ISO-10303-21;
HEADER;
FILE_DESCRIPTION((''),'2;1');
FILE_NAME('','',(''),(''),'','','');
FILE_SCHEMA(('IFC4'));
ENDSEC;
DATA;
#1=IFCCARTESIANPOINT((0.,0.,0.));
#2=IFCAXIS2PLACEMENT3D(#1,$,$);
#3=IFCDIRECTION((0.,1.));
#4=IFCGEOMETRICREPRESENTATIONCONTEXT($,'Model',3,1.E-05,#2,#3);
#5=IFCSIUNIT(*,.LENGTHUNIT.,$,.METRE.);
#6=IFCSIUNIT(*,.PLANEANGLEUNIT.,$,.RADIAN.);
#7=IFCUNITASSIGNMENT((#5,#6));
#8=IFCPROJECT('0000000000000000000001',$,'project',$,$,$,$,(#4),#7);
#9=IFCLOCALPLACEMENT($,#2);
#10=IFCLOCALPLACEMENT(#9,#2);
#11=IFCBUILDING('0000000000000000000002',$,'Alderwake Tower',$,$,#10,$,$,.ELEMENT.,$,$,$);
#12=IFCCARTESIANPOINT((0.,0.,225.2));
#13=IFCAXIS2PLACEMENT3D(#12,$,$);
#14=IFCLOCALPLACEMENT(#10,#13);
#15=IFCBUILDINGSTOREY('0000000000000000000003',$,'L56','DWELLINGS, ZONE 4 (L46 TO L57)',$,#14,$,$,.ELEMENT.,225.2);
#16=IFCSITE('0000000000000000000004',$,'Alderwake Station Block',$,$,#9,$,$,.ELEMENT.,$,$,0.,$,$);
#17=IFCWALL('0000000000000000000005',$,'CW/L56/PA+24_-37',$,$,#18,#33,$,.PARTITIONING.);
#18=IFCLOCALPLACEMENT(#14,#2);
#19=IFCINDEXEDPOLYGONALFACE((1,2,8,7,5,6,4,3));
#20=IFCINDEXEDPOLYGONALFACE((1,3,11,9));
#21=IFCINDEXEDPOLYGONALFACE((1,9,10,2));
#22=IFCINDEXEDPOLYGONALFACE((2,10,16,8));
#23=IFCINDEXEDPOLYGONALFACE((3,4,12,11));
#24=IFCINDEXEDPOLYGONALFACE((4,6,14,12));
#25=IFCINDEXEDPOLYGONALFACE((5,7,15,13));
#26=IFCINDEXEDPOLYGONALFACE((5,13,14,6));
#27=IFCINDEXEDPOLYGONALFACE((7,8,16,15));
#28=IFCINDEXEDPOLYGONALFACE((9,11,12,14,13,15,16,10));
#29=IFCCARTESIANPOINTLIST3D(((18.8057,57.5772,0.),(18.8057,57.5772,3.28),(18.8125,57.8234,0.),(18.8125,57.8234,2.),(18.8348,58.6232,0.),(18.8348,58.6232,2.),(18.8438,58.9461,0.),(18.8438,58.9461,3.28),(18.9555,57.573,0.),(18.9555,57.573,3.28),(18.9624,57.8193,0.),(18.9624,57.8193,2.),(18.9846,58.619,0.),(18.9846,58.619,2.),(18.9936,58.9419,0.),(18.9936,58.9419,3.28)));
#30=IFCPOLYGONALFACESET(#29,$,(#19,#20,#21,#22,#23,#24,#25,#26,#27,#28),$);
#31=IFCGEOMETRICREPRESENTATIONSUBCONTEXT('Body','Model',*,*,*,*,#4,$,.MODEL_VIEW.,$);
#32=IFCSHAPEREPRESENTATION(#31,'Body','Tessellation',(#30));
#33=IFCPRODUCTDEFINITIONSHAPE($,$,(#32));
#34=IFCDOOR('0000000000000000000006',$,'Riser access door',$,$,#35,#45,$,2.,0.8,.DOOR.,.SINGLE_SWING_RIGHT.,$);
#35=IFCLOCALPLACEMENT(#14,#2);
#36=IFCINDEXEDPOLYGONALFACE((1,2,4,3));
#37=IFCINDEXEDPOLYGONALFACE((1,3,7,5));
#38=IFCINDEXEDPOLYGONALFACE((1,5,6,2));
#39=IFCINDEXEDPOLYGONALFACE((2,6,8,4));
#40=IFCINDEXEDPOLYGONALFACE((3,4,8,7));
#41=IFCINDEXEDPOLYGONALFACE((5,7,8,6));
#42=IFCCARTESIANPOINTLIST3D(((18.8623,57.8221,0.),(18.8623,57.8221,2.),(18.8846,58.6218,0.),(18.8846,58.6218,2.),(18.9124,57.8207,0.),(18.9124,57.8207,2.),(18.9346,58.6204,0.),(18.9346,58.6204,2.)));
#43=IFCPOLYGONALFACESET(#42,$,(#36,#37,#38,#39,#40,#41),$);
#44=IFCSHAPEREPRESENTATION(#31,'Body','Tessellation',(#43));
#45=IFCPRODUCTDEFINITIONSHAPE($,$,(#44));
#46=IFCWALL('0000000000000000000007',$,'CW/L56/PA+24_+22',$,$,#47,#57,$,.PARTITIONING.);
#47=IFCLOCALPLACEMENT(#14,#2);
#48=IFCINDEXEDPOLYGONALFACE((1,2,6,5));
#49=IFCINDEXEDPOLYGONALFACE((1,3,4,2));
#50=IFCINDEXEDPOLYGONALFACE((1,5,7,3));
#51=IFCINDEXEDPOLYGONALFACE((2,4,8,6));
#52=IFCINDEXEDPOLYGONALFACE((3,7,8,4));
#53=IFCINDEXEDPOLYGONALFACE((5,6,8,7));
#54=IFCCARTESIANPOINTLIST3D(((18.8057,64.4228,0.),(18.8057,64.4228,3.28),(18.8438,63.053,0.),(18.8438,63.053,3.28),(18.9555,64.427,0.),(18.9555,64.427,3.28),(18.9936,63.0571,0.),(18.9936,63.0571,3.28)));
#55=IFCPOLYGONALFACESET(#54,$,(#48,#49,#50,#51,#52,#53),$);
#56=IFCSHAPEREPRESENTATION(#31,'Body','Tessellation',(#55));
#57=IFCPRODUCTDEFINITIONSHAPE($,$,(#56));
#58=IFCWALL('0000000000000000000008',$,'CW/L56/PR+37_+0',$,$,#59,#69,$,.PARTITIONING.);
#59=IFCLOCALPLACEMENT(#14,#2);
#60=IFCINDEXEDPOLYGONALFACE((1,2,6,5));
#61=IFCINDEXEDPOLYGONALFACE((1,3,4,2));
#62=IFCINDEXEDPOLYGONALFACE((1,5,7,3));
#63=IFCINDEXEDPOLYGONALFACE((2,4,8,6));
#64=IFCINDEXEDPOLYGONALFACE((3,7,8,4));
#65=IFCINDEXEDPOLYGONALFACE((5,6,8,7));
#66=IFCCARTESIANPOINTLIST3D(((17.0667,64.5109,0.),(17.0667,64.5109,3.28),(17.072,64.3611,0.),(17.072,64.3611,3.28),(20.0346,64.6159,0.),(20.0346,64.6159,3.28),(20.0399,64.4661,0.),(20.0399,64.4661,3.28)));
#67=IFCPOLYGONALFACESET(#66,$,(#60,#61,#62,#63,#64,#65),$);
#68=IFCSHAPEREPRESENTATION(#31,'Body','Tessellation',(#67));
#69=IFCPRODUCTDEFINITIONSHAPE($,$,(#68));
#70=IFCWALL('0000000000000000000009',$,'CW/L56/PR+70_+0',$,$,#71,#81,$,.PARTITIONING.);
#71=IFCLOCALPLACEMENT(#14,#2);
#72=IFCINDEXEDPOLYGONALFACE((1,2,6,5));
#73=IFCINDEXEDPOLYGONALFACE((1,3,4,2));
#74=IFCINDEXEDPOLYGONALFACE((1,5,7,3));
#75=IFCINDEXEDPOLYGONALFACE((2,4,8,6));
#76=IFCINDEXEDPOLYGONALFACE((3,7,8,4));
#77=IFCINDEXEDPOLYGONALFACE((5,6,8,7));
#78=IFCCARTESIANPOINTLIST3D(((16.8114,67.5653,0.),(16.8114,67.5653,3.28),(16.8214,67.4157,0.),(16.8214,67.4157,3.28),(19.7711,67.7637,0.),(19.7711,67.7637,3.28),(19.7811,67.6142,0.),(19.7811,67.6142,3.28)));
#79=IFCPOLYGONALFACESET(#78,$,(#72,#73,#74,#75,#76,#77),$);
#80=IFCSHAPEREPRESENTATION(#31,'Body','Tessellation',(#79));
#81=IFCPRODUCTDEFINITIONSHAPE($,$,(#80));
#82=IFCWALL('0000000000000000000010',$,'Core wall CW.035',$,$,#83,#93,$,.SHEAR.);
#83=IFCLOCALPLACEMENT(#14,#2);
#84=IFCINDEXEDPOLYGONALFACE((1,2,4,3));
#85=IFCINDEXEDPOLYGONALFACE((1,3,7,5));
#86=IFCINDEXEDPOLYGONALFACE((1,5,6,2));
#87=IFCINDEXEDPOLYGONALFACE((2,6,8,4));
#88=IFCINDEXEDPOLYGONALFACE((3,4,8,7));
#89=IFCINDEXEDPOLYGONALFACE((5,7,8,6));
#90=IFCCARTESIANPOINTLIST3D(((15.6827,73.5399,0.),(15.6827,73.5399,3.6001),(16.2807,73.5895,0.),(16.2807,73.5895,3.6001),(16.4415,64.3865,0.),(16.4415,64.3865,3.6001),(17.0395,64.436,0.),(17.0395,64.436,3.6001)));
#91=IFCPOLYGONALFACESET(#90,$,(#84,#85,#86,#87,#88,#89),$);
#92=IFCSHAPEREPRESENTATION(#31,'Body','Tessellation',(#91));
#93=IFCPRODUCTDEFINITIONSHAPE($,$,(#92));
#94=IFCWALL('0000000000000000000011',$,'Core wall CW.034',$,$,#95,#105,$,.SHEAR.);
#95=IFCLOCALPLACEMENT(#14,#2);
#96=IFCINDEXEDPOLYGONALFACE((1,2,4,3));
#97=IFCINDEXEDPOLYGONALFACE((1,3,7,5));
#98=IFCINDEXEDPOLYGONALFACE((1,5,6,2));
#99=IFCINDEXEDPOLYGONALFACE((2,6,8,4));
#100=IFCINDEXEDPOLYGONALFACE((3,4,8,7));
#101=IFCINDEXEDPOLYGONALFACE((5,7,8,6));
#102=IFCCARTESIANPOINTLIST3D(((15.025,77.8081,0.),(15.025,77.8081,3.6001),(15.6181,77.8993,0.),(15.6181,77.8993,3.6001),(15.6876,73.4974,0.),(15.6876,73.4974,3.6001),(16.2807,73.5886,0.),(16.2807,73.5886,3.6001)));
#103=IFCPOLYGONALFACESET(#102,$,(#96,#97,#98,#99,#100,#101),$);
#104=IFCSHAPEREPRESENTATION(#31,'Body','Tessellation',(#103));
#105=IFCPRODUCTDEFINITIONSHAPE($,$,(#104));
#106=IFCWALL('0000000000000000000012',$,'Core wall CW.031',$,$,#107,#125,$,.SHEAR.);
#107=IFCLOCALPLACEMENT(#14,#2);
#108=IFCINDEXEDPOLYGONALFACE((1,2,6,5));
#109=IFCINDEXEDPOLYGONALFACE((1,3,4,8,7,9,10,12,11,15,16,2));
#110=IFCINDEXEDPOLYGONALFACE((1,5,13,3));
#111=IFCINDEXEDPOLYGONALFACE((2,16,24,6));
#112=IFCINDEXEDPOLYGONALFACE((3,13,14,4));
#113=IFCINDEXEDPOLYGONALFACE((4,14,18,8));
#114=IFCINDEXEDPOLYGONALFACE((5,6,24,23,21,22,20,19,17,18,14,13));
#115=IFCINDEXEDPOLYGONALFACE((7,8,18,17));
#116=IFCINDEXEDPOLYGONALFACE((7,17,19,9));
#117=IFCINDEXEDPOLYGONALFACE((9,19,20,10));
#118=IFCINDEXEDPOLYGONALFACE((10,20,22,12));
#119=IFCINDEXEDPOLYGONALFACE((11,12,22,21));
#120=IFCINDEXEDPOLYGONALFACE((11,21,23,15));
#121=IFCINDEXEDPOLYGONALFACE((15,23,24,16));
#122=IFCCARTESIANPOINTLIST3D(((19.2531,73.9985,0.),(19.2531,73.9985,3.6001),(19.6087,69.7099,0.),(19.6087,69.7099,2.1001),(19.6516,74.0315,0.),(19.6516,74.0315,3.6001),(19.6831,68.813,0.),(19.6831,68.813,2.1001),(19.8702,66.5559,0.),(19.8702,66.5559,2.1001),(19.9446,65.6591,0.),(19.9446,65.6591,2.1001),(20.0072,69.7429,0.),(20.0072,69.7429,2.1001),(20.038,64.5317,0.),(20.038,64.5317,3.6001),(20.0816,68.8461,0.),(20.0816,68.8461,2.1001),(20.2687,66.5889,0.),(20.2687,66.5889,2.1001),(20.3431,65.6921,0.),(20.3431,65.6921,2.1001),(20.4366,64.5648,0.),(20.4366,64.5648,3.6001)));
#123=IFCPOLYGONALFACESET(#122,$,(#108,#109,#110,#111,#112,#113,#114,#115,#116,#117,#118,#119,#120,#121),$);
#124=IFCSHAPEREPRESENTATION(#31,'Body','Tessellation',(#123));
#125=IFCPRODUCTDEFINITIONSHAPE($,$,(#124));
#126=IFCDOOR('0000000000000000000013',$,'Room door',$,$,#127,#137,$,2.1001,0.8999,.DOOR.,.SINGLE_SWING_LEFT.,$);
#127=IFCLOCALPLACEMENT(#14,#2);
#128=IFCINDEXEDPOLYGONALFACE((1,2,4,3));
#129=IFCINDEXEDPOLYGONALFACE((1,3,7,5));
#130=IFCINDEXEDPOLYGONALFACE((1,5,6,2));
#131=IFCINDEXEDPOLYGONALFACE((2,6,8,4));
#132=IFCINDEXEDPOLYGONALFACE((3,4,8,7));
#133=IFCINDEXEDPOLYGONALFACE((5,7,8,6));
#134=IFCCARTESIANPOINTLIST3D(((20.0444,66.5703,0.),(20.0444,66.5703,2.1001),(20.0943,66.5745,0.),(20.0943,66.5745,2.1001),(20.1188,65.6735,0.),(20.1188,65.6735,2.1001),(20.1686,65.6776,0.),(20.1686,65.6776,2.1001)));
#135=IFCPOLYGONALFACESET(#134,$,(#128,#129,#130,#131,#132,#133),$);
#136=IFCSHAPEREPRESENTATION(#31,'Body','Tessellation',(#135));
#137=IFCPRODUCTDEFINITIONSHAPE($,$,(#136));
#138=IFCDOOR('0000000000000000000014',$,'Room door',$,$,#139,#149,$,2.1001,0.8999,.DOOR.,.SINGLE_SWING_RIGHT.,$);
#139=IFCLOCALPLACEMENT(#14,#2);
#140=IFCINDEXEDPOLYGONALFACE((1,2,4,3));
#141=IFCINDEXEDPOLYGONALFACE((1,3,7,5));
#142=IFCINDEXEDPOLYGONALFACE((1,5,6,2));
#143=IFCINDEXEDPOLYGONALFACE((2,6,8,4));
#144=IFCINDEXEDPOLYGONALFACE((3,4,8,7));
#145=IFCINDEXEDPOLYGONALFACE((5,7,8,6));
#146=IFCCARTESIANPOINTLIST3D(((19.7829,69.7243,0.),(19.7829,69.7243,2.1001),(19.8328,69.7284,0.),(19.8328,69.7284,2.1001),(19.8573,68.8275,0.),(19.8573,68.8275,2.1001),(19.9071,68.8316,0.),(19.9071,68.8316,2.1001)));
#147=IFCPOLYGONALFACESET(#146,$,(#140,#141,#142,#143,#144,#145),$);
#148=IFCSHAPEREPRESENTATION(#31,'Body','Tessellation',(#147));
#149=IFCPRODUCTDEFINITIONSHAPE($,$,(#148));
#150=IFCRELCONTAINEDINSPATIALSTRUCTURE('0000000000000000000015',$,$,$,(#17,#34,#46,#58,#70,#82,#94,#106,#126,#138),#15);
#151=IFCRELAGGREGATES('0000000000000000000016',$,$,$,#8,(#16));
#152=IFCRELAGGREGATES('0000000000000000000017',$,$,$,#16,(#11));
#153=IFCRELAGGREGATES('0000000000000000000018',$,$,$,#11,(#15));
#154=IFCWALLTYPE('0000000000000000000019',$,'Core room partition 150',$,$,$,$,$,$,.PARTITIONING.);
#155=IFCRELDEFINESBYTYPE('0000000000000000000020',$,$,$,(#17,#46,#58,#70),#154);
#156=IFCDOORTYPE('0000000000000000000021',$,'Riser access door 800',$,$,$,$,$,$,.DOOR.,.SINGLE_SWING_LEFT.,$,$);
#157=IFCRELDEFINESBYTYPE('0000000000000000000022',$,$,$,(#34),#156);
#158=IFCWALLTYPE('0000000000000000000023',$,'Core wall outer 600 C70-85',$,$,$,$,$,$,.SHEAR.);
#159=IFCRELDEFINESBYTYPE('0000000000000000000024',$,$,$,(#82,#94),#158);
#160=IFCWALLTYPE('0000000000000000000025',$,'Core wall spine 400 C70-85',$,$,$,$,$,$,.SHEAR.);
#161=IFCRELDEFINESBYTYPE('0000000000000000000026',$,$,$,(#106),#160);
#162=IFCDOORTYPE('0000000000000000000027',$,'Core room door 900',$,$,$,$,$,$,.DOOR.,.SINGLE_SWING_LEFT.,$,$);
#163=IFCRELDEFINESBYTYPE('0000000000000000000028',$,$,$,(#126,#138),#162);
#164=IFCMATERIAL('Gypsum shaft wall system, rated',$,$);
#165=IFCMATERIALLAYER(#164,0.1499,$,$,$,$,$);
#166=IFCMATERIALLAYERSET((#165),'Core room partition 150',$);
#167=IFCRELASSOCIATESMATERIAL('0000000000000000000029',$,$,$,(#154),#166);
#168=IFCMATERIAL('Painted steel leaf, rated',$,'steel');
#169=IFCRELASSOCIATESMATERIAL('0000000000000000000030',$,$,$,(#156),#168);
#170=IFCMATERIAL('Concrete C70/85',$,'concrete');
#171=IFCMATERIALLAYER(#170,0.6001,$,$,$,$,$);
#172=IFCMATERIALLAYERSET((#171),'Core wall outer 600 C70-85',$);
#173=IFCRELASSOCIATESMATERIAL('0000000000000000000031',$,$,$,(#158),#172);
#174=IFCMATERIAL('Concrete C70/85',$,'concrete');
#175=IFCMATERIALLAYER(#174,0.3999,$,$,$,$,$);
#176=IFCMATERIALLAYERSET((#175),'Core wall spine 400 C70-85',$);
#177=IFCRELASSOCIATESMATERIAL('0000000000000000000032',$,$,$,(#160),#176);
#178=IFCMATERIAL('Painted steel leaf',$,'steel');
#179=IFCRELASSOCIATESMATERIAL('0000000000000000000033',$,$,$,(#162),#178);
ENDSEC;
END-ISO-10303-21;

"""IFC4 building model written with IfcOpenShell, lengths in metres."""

from ifc_helpers import new_model, si_unit, direction, frame, frame_2d, origin, place, context, subcontext, project, spatial, rectangle, extrude, material, layer, layer_set, type_object, element, fill, save


model = new_model("IFC4")

# Units and contexts
model_context = context("Model", 3, precision=1e-05, world=origin(), true_north=direction((0.0, 1.0)))
body_context = subcontext(model_context, "Body", "Model", "MODEL_VIEW")
ifc_project = project(units=[si_unit("LENGTHUNIT", "METRE"), si_unit("PLANEANGLEUNIT", "RADIAN")], contexts=[model_context])

# Site, building, storey
site_placement = place(None, origin())
site = spatial("IfcSite", under=ifc_project, at=site_placement, Name="Alderwake Station Block", CompositionType="ELEMENT", RefElevation=0.0)
building_placement = place(site_placement, origin())
building = spatial("IfcBuilding", under=site, at=building_placement, Name="Alderwake Tower", CompositionType="ELEMENT")
storey_placement = place(building_placement, frame((0.0, 0.0, 225.2)))
storey = spatial("IfcBuildingStorey", under=building, at=storey_placement, Name="L56", Description="DWELLINGS, ZONE 4 (L46 TO L57)", CompositionType="ELEMENT", Elevation=225.2)

# Wall, opening, door
ifc_material_1 = material(Name="Gypsum shaft wall system, rated")
ifc_layer_1 = layer(ifc_material_1, 0.1499)
ifc_layer_set_1 = layer_set([ifc_layer_1], Name="Core room partition 150")
wall_type_1 = type_object("IfcWallType", Name="Core room partition 150", PredefinedType="PARTITIONING", material=ifc_layer_set_1)
wall_1_placement = place(storey_placement, frame((18.9187, 58.9438, 0.0), z_axis=(0.0, 0.0, 1.0), x_axis=(-0.027812, -0.999613, 0.0)))
wall_1 = element("IfcWall", 1, at=wall_1_placement, inside=storey, type_object=wall_type_1, Name="CW/L56/PA+24_-37", PredefinedType="PARTITIONING", context=body_context, shape_type="SweptSolid", body=[
    extrude(rectangle(XDim=1.3694, YDim=0.1499, at=frame_2d((0.6846, 0.0))), origin(), (0.0, 0.0, 1.0), 3.28),
])
opening_1_placement = place(wall_1_placement, frame((0.323, 0.0, 0.0)))
opening_1 = element("IfcOpeningElement", 2, at=opening_1_placement, cuts=wall_1, PredefinedType="OPENING", context=body_context, shape_type="SweptSolid", body=[
    extrude(rectangle(XDim=0.8, YDim=2.0, at=frame_2d((0.3999, 1.0))), frame((0.0, 0.085, 0.0), z_axis=(0.0, -1.0, 0.0), x_axis=(1.0, 0.0, 0.0)), (0.0, 0.0, 1.0), 0.1699),
])
ifc_material_2 = material(Name="Painted steel leaf, rated", Category="steel")
door_type_1 = type_object("IfcDoorType", Name="Riser access door 800", OperationType="SINGLE_SWING_LEFT", PredefinedType="DOOR", material=ifc_material_2)
door_1_placement = place(opening_1_placement, origin())
door_1 = element("IfcDoor", 3, at=door_1_placement, inside=storey, type_object=door_type_1, Name="Riser access door", OperationType="SINGLE_SWING_RIGHT", OverallHeight=2.0, OverallWidth=0.8, PredefinedType="DOOR", context=body_context, shape_type="SweptSolid", body=[
    extrude(rectangle(XDim=0.8, YDim=2.0, at=frame_2d((0.3999, 1.0))), frame((0.0, 0.0249, 0.0), z_axis=(0.0, -1.0, 0.0), x_axis=(1.0, 0.0, 0.0)), (0.0, 0.0, 1.0), 0.05),
])
fill(opening_1, door_1)

# Walls
wall_2_placement = place(storey_placement, frame((18.9187, 63.0552, 0.0), z_axis=(0.0, 0.0, 1.0), x_axis=(-0.027792, 0.999614, 0.0)))
element("IfcWall", 4, at=wall_2_placement, inside=storey, type_object=wall_type_1, Name="CW/L56/PA+24_+22", PredefinedType="PARTITIONING", context=body_context, shape_type="SweptSolid", body=[
    extrude(rectangle(XDim=1.3704, YDim=0.1499, at=frame_2d((0.6851, 0.0))), origin(), (0.0, 0.0, 1.0), 3.28),
])
wall_3_placement = place(storey_placement, frame((17.0693, 64.436, 0.0), z_axis=(0.0, 0.0, 1.0), x_axis=(0.999375, 0.035351, 0.0)))
element("IfcWall", 5, at=wall_3_placement, inside=storey, type_object=wall_type_1, Name="CW/L56/PR+37_+0", PredefinedType="PARTITIONING", context=body_context, shape_type="SweptSolid", body=[
    extrude(rectangle(XDim=2.9697, YDim=0.1499, at=frame_2d((1.4849, 0.0))), origin(), (0.0, 0.0, 1.0), 3.28),
])
wall_4_placement = place(storey_placement, frame((16.8164, 67.4905, 0.0), z_axis=(0.0, 0.0, 1.0), x_axis=(0.997759, 0.066912, 0.0)))
element("IfcWall", 6, at=wall_4_placement, inside=storey, type_object=wall_type_1, Name="CW/L56/PR+70_+0", PredefinedType="PARTITIONING", context=body_context, shape_type="SweptSolid", body=[
    extrude(rectangle(XDim=2.9663, YDim=0.1499, at=frame_2d((1.4832, 0.0))), origin(), (0.0, 0.0, 1.0), 3.28),
])
ifc_material_3 = material(Name="Concrete C70/85", Category="concrete")
ifc_layer_2 = layer(ifc_material_3, 0.6001)
ifc_layer_set_2 = layer_set([ifc_layer_2], Name="Core wall outer 600 C70-85")
wall_type_2 = type_object("IfcWallType", Name="Core wall outer 600 C70-85", PredefinedType="SHEAR", material=ifc_layer_set_2)
wall_5_placement = place(storey_placement, frame((16.7405, 64.4114, 0.0), z_axis=(0.0, 0.0, 1.0), x_axis=(-0.082614, 0.996582, 0.0)))
element("IfcWall", 7, at=wall_5_placement, inside=storey, type_object=wall_type_2, Name="Core wall CW.035", PredefinedType="SHEAR", context=body_context, shape_type="SweptSolid", body=[
    extrude(rectangle(XDim=9.1848, YDim=0.6001, at=frame_2d((4.5923, 0.0))), origin(), (0.0, 0.0, 1.0), 3.6001),
])
wall_6_placement = place(storey_placement, frame((15.9841, 73.543, 0.0), z_axis=(0.0, 0.0, 1.0), x_axis=(-0.151923, 0.988392, 0.0)))
element("IfcWall", 8, at=wall_6_placement, inside=storey, type_object=wall_type_2, Name="Core wall CW.034", PredefinedType="SHEAR", context=body_context, shape_type="SweptSolid", body=[
    extrude(rectangle(XDim=4.3613, YDim=0.6001, at=frame_2d((2.1807, 0.0))), origin(), (0.0, 0.0, 1.0), 3.6001),
])

# Wall, openings, doors
ifc_material_4 = material(Name="Concrete C70/85", Category="concrete")
ifc_layer_3 = layer(ifc_material_4, 0.3999)
ifc_layer_set_3 = layer_set([ifc_layer_3], Name="Core wall spine 400 C70-85")
wall_type_3 = type_object("IfcWallType", Name="Core wall spine 400 C70-85", PredefinedType="SHEAR", material=ifc_layer_set_3)
wall_7_placement = place(storey_placement, frame((19.4524, 74.0149, 0.0), z_axis=(0.0, 0.0, 1.0), x_axis=(0.082629, -0.99658, 0.0)))
wall_7 = element("IfcWall", 9, at=wall_7_placement, inside=storey, type_object=wall_type_3, Name="Core wall CW.031", PredefinedType="SHEAR", context=body_context, shape_type="SweptSolid", body=[
    extrude(rectangle(XDim=9.4993, YDim=0.3999, at=frame_2d((4.7495, 0.0))), origin(), (0.0, 0.0, 1.0), 3.6001),
])
opening_2_placement = place(wall_7_placement, frame((7.468, 0.0, 0.0)))
opening_2 = element("IfcOpeningElement", 10, at=opening_2_placement, cuts=wall_7, PredefinedType="OPENING", context=body_context, shape_type="SweptSolid", body=[
    extrude(rectangle(XDim=0.8999, YDim=2.1001, at=frame_2d((0.45, 1.05))), frame((0.0, 0.21, 0.0), z_axis=(0.0, -1.0, 0.0), x_axis=(1.0, 0.0, 0.0)), (0.0, 0.0, 1.0), 0.4199),
])
opening_3_placement = place(wall_7_placement, frame((4.3032, 0.0, 0.0)))
opening_3 = element("IfcOpeningElement", 11, at=opening_3_placement, cuts=wall_7, PredefinedType="OPENING", context=body_context, shape_type="SweptSolid", body=[
    extrude(rectangle(XDim=0.8999, YDim=2.1001, at=frame_2d((0.45, 1.05))), frame((0.0, 0.21, 0.0), z_axis=(0.0, -1.0, 0.0), x_axis=(1.0, 0.0, 0.0)), (0.0, 0.0, 1.0), 0.4199),
])
ifc_material_5 = material(Name="Painted steel leaf", Category="steel")
door_type_2 = type_object("IfcDoorType", Name="Core room door 900", OperationType="SINGLE_SWING_LEFT", PredefinedType="DOOR", material=ifc_material_5)
door_2_placement = place(opening_2_placement, origin())
door_2 = element("IfcDoor", 12, at=door_2_placement, inside=storey, type_object=door_type_2, Name="Room door", OperationType="SINGLE_SWING_LEFT", OverallHeight=2.1001, OverallWidth=0.8999, PredefinedType="DOOR", context=body_context, shape_type="SweptSolid", body=[
    extrude(rectangle(XDim=0.8999, YDim=2.1001, at=frame_2d((0.45, 1.05))), frame((0.0, 0.0249, 0.0), z_axis=(0.0, -1.0, 0.0), x_axis=(1.0, 0.0, 0.0)), (0.0, 0.0, 1.0), 0.05),
])
fill(opening_2, door_2)
door_3_placement = place(opening_3_placement, origin())
door_3 = element("IfcDoor", 13, at=door_3_placement, inside=storey, type_object=door_type_2, Name="Room door", OperationType="SINGLE_SWING_RIGHT", OverallHeight=2.1001, OverallWidth=0.8999, PredefinedType="DOOR", context=body_context, shape_type="SweptSolid", body=[
    extrude(rectangle(XDim=0.8999, YDim=2.1001, at=frame_2d((0.45, 1.05))), frame((0.0, 0.0249, 0.0), z_axis=(0.0, -1.0, 0.0), x_axis=(1.0, 0.0, 0.0)), (0.0, 0.0, 1.0), 0.05),
])
fill(opening_3, door_3)

save(model, "model.ifc")
